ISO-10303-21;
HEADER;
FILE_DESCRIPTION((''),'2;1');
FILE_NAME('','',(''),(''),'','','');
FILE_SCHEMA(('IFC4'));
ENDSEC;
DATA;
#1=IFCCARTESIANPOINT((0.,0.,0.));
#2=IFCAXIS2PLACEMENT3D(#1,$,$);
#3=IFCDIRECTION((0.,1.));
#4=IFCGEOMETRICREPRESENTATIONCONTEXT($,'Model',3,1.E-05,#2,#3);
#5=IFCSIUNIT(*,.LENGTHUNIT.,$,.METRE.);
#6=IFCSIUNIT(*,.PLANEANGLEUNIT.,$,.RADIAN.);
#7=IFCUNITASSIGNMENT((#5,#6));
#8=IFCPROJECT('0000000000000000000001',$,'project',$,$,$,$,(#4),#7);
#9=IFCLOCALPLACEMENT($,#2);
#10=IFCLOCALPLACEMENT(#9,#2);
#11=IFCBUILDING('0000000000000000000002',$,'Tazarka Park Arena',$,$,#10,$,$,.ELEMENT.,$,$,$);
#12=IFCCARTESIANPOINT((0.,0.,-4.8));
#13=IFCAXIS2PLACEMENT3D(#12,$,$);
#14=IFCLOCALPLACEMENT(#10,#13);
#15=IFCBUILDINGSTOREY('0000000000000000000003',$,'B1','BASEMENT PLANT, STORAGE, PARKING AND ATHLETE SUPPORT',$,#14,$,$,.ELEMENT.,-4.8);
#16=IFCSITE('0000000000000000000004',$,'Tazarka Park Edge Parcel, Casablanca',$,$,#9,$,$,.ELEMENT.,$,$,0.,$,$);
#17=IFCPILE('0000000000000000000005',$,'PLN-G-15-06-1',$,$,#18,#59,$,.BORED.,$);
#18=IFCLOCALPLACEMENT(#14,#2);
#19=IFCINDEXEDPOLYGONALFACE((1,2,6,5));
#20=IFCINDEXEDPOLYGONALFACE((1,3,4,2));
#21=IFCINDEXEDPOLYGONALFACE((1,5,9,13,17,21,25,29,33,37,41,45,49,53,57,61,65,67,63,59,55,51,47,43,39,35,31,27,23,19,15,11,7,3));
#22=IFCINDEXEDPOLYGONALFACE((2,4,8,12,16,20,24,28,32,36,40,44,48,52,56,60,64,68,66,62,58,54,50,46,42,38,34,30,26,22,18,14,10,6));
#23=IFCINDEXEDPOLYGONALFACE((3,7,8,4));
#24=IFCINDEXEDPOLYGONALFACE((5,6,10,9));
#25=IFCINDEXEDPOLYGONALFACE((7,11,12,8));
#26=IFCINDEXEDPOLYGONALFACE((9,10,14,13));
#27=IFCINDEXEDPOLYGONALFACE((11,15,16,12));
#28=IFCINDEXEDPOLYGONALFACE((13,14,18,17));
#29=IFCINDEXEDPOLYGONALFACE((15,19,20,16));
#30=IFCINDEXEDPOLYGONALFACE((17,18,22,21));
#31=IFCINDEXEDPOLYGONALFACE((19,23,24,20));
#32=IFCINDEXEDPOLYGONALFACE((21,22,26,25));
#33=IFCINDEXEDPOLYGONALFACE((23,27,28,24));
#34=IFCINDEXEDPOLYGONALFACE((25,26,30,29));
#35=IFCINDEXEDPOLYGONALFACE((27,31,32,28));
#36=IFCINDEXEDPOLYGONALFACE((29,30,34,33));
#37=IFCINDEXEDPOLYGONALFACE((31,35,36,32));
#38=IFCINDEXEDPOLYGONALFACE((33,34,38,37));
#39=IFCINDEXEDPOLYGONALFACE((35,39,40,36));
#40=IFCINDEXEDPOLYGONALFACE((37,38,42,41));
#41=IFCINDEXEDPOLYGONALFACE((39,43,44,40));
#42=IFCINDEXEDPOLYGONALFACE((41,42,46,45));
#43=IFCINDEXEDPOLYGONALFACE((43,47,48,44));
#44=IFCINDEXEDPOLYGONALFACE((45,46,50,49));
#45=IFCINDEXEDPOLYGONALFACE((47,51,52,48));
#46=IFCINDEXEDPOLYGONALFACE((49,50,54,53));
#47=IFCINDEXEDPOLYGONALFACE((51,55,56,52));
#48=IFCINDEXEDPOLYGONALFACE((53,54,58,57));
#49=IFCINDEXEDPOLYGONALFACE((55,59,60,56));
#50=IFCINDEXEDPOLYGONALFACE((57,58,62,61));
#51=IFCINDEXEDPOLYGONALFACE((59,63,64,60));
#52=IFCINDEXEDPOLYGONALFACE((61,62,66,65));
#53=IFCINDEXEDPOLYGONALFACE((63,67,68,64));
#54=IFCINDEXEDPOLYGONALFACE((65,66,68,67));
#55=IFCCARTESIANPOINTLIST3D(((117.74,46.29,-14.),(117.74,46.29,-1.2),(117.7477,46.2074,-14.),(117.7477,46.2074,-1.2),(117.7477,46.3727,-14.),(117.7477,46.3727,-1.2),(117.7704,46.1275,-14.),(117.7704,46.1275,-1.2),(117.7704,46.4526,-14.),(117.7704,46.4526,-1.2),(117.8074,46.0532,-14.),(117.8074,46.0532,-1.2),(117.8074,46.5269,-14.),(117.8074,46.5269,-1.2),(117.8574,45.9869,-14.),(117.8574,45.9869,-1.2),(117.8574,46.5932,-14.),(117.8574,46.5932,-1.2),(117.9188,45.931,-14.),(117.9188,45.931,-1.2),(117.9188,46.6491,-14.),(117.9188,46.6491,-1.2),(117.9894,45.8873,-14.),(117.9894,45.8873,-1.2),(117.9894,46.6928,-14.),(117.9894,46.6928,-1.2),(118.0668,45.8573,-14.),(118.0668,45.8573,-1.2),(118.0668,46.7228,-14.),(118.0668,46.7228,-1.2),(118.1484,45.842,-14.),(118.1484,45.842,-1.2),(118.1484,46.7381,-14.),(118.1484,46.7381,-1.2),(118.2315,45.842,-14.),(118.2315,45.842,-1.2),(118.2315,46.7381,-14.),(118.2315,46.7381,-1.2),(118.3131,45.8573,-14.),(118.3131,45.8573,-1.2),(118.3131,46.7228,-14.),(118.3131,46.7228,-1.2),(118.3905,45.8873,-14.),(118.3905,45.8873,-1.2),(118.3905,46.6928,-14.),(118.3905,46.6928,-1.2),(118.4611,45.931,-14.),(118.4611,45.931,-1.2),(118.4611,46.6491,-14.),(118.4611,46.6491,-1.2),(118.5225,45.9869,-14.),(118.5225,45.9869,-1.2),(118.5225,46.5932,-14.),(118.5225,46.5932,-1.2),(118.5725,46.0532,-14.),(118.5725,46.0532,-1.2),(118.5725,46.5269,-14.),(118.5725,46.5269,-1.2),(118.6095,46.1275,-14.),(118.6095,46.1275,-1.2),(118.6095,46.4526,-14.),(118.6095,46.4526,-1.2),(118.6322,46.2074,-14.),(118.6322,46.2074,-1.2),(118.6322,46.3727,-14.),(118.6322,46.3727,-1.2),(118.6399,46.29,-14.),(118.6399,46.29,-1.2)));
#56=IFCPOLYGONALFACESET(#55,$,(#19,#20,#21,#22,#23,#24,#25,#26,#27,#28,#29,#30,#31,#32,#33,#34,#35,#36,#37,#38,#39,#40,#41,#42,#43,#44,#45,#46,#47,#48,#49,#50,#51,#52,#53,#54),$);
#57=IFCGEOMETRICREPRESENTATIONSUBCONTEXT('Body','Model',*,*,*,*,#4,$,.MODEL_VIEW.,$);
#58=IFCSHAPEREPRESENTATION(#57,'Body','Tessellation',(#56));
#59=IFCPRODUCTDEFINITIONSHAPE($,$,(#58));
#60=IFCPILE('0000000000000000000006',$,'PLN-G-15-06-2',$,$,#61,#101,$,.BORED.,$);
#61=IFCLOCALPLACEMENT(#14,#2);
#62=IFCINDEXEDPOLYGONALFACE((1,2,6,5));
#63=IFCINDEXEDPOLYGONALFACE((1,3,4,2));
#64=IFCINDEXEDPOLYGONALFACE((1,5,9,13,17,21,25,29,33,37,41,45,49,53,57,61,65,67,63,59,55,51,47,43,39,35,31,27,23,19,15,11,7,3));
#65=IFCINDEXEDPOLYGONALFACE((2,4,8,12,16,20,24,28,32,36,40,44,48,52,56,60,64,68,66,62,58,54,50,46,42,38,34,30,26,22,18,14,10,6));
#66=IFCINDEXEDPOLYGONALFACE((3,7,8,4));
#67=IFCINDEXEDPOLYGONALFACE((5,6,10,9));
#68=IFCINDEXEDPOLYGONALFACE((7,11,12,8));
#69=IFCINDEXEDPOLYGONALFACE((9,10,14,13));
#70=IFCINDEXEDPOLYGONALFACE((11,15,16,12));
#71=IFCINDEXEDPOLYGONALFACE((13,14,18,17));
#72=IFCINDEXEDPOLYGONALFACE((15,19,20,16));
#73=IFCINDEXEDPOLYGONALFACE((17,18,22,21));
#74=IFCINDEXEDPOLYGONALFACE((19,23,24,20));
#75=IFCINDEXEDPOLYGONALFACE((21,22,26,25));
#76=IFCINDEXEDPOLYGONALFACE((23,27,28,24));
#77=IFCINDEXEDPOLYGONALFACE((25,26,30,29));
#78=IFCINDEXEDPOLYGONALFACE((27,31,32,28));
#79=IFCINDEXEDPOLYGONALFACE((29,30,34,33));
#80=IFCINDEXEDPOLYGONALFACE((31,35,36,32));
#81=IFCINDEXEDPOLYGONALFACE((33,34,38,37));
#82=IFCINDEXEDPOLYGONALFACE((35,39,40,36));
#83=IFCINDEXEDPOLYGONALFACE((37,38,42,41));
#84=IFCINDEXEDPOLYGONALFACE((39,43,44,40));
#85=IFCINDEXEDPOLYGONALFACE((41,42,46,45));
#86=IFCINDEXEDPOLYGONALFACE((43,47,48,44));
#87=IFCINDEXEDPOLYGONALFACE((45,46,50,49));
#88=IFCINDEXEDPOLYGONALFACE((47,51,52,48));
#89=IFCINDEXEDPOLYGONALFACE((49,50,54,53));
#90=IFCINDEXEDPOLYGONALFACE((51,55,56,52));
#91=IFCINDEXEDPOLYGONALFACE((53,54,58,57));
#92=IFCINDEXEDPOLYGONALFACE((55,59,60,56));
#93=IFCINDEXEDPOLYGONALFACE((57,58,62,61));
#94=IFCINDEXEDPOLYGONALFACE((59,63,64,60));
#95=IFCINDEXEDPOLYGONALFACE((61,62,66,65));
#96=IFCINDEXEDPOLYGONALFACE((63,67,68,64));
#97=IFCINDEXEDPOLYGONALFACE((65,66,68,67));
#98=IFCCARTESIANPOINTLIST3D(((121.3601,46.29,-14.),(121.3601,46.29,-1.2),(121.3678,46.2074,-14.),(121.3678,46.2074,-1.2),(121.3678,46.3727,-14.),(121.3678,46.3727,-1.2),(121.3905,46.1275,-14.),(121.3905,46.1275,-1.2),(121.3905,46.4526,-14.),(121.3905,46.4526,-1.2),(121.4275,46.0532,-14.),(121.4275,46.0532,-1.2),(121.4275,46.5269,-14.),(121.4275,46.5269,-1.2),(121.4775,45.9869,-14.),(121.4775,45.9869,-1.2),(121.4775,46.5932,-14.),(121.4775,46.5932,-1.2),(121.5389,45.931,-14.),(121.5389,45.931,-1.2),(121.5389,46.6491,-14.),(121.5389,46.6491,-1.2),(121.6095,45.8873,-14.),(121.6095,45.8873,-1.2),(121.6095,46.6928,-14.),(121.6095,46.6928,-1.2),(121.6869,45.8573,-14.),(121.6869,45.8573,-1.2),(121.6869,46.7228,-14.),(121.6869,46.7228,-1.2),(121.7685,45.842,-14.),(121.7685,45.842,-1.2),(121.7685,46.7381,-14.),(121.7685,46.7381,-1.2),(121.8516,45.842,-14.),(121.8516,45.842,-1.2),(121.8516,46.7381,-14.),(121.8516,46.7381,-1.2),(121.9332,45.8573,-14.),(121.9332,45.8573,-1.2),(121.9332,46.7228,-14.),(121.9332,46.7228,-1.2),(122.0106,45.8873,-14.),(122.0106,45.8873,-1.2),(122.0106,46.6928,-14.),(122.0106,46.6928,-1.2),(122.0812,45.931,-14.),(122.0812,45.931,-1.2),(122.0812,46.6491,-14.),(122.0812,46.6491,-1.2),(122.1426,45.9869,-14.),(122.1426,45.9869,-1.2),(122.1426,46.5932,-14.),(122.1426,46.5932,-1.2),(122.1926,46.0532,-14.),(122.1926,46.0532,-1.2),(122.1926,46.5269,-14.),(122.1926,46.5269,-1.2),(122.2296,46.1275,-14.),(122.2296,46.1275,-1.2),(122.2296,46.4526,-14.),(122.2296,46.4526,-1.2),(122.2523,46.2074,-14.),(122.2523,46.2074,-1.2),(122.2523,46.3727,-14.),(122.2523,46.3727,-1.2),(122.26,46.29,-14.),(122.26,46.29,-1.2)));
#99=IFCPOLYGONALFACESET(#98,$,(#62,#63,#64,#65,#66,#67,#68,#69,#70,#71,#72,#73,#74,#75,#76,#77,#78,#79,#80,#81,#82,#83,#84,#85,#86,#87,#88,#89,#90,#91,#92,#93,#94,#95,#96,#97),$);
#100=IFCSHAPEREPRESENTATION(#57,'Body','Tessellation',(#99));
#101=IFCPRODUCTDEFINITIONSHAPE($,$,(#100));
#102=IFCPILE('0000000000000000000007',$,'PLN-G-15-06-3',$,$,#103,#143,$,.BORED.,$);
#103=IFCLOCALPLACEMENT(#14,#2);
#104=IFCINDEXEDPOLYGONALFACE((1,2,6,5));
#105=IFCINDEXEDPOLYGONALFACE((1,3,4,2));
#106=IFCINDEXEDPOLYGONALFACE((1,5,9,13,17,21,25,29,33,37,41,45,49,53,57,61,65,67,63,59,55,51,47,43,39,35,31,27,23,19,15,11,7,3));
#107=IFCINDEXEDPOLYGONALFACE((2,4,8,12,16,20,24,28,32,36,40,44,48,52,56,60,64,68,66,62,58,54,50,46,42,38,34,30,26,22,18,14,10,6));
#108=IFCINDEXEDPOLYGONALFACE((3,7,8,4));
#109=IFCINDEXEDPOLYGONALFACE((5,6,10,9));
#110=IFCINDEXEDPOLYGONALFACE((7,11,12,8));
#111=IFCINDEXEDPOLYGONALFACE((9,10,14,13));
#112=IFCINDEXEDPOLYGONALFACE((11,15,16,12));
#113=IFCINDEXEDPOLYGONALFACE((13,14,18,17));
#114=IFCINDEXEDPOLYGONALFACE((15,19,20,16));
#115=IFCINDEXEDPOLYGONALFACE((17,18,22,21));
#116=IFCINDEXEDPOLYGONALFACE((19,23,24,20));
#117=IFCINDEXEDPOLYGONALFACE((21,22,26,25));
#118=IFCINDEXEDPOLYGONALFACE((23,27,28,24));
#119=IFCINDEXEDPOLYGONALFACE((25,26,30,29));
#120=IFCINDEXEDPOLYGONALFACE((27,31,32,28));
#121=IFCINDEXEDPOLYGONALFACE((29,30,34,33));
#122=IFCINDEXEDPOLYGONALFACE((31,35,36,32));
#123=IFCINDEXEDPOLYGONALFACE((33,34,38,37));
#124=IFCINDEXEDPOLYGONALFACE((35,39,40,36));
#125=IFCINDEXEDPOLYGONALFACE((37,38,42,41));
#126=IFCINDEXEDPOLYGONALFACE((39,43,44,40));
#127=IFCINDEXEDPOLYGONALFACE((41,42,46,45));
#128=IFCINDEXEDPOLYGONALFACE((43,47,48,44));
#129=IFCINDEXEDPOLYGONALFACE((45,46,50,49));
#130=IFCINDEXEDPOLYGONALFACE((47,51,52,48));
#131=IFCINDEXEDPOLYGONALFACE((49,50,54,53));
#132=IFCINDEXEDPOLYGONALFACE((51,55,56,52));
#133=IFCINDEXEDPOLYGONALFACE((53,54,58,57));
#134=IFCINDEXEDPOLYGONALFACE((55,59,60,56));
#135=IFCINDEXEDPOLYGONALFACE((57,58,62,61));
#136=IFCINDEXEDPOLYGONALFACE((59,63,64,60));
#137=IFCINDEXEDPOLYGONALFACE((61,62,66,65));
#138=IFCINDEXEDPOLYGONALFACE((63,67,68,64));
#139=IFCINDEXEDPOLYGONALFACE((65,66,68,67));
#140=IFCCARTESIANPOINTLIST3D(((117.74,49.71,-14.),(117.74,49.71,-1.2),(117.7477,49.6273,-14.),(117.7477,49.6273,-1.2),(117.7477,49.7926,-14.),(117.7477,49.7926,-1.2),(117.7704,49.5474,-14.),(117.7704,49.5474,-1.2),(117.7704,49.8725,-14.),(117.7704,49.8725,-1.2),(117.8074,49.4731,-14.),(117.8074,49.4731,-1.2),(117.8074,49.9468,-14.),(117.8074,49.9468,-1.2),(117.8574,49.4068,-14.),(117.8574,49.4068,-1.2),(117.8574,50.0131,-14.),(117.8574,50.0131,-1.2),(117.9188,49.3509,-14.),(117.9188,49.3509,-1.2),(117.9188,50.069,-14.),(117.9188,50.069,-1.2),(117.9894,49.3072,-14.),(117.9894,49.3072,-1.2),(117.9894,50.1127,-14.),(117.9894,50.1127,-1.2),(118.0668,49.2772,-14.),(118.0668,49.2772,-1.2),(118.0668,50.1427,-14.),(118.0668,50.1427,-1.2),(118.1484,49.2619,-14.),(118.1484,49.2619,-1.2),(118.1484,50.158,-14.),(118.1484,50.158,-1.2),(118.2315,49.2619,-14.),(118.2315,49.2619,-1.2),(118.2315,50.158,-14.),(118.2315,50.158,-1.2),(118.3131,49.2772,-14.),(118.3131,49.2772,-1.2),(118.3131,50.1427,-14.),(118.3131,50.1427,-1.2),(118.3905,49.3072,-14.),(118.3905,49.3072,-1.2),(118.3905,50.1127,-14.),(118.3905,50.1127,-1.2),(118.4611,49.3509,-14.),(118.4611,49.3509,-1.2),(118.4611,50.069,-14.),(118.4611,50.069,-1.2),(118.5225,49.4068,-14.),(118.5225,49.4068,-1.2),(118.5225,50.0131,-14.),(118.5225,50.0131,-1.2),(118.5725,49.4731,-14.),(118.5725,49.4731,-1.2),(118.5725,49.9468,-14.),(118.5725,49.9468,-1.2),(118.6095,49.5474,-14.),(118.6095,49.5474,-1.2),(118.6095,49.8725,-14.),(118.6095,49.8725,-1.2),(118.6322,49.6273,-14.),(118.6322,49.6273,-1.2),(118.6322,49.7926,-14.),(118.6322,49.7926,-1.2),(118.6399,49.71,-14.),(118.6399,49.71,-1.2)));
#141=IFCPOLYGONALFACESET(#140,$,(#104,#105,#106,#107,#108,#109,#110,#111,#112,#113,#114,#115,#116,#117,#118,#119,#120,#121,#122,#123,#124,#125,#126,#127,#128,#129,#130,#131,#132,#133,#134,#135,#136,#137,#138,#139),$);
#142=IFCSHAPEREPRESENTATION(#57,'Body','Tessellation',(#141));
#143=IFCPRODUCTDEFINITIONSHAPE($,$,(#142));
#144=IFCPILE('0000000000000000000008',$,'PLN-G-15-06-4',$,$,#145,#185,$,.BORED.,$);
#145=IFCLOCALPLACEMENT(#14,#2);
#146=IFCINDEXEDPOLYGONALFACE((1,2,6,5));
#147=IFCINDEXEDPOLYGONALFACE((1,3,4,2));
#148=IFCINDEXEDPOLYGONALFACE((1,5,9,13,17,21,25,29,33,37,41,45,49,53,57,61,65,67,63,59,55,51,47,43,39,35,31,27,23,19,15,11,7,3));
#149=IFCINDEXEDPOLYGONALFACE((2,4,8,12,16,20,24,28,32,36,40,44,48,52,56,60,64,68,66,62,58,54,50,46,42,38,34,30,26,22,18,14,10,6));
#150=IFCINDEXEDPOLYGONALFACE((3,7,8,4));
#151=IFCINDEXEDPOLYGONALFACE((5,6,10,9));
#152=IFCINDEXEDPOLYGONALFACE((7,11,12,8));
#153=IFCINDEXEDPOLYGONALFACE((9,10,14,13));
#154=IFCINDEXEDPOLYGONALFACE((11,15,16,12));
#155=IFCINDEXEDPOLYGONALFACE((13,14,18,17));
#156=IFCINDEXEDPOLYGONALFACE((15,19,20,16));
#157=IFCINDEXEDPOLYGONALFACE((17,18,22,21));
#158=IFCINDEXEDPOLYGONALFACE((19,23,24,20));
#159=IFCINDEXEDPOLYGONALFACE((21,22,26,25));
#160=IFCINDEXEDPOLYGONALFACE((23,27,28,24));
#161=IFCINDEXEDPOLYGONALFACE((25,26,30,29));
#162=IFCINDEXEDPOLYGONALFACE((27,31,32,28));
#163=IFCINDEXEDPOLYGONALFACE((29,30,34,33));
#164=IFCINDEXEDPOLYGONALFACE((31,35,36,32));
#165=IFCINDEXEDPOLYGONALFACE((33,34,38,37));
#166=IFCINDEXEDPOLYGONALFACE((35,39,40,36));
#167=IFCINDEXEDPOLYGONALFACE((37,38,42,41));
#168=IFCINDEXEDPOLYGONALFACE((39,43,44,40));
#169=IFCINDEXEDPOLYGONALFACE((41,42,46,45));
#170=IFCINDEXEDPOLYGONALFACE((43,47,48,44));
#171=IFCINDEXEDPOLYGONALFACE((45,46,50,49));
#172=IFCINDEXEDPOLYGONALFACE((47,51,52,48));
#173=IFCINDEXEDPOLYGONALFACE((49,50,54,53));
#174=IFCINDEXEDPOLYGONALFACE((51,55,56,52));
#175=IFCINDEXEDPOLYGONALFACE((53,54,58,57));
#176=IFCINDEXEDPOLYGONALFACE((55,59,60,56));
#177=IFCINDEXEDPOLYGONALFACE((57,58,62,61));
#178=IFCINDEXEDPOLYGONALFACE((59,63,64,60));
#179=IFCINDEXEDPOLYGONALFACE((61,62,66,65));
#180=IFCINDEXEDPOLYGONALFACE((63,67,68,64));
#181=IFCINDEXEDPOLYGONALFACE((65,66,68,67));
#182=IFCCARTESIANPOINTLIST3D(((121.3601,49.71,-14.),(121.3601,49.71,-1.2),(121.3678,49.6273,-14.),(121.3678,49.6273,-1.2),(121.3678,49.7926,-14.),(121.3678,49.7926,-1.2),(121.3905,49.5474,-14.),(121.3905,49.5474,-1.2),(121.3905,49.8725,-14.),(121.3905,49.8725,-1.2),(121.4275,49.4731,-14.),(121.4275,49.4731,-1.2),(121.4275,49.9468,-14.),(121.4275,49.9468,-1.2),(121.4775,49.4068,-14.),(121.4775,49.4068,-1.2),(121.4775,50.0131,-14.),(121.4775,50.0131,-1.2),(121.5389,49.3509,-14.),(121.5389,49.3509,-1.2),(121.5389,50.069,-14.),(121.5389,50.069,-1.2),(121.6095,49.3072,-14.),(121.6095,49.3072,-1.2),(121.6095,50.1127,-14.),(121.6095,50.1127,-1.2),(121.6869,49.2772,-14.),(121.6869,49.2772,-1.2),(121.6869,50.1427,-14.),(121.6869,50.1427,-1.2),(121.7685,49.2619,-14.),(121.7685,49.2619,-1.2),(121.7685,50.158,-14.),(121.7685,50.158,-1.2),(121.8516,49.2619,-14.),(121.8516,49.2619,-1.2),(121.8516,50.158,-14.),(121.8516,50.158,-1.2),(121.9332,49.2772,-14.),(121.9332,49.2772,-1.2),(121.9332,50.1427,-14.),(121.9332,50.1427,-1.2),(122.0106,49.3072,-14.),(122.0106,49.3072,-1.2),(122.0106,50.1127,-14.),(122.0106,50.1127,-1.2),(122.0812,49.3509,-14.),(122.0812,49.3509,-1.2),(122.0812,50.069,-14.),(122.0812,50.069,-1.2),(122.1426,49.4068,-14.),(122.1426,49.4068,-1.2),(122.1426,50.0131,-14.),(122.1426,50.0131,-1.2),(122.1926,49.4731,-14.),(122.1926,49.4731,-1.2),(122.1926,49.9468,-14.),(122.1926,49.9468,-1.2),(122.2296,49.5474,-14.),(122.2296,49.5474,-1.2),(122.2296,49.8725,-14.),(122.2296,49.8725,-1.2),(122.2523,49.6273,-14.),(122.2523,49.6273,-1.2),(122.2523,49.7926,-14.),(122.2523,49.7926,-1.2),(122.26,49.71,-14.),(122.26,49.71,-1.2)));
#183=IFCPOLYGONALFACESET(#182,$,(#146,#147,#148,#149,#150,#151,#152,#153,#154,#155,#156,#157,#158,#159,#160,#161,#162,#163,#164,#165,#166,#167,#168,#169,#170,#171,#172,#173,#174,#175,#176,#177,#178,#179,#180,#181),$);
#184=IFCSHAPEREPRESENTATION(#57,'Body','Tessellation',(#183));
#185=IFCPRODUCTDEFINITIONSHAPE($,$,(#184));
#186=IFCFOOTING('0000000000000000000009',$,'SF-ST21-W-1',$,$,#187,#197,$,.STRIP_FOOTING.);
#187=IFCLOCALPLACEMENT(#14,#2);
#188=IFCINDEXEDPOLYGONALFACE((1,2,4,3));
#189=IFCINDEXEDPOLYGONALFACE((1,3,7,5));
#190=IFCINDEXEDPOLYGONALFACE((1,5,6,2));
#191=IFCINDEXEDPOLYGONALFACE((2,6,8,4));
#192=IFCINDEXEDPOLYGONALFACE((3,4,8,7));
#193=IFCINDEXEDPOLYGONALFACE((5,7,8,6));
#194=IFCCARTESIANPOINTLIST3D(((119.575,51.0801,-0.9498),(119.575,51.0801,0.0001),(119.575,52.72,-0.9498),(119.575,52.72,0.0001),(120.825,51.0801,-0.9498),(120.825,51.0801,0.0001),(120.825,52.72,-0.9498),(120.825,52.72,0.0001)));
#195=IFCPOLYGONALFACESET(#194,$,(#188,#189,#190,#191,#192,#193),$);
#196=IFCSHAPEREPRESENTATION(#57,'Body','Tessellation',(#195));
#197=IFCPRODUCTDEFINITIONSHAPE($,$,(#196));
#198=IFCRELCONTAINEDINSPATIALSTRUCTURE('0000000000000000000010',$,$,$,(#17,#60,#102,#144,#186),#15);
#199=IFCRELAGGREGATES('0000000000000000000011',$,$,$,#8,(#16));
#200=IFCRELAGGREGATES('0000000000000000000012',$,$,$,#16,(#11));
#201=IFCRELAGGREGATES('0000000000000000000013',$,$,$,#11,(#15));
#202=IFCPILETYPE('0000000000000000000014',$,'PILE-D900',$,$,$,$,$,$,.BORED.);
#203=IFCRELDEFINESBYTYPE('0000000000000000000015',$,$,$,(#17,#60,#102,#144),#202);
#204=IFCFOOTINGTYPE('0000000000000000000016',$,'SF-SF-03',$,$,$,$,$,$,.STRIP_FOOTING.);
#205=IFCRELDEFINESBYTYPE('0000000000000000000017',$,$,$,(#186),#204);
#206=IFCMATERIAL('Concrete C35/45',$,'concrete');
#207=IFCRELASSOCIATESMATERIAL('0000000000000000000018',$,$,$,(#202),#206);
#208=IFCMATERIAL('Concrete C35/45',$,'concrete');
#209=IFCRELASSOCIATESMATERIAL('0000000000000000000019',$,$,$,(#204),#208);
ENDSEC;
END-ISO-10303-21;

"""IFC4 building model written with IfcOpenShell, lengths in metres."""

from ifc_helpers import new_model, si_unit, direction, frame, origin, origin_2d, place, context, subcontext, project, spatial, rectangle, circle, extrude, material, material_profile, profile_set, type_object, element, save


model = new_model("IFC4")

# Units and contexts
model_context = context("Model", 3, precision=1e-05, world=origin(), true_north=direction((0.0, 1.0)))
body_context = subcontext(model_context, "Body", "Model", "MODEL_VIEW")
ifc_project = project(units=[si_unit("LENGTHUNIT", "METRE"), si_unit("PLANEANGLEUNIT", "RADIAN")], contexts=[model_context])

# Site, building, storey
site_placement = place(None, origin())
site = spatial("IfcSite", under=ifc_project, at=site_placement, Name="Tazarka Park Edge Parcel, Casablanca", CompositionType="ELEMENT", RefElevation=0.0)
building_placement = place(site_placement, origin())
building = spatial("IfcBuilding", under=site, at=building_placement, Name="Tazarka Park Arena", CompositionType="ELEMENT")
storey_placement = place(building_placement, frame((0.0, 0.0, -4.8)))
storey = spatial("IfcBuildingStorey", under=building, at=storey_placement, Name="B1", Description="BASEMENT PLANT, STORAGE, PARKING AND ATHLETE SUPPORT", CompositionType="ELEMENT", Elevation=-4.8)

# Piles
ifc_material_1 = material(Name="Concrete C35/45", Category="concrete")
ifc_material_profile_1 = material_profile(ifc_material_1, circle(Radius=0.45, at=origin_2d()), Name="Concrete C35/45")
ifc_profile_set_1 = profile_set([ifc_material_profile_1], Name="Concrete C35/45")
pile_type_1 = type_object("IfcPileType", Name="PILE-D900", PredefinedType="BORED", material=ifc_profile_set_1)
for number, where, z_axis, x_axis, name in (
    (1, (118.1899, 46.29, -1.2), (0.0, 0.0, -1.0), (1.0, 0.0, 0.0), "PLN-G-15-06-1"),
    (2, (121.8101, 46.29, -1.2), (0.0, 0.0, -1.0), (1.0, 0.0, 0.0), "PLN-G-15-06-2"),
    (3, (118.1899, 49.71, -1.2), (0.0, 0.0, -1.0), (1.0, 0.0, 0.0), "PLN-G-15-06-3"),
    (4, (121.8101, 49.71, -1.2), (0.0, 0.0, -1.0), (1.0, 0.0, 0.0), "PLN-G-15-06-4"),
):
    element("IfcPile", number, at=place(storey_placement, frame(where, z_axis=z_axis, x_axis=x_axis)), inside=storey, type_object=pile_type_1, Name=name, PredefinedType="BORED", context=body_context, shape_type="SweptSolid", body=[
        extrude(circle(Radius=0.45, at=origin_2d()), origin(), (0.0, 0.0, 1.0), 12.8),
    ])

# Footing
ifc_material_2 = material(Name="Concrete C35/45", Category="concrete")
ifc_material_profile_2 = material_profile(ifc_material_2, rectangle(XDim=1.25, YDim=0.95, at=origin_2d()), Name="Concrete C35/45")
ifc_profile_set_2 = profile_set([ifc_material_profile_2], Name="Concrete C35/45")
footing_type_1 = type_object("IfcFootingType", Name="SF-SF-03", PredefinedType="STRIP_FOOTING", material=ifc_profile_set_2)
footing_1_placement = place(storey_placement, frame((120.2, 51.0801, -0.4749), z_axis=(0.0, 1.0, 0.0), x_axis=(-1.0, 0.0, 0.0)))
element("IfcFooting", 5, at=footing_1_placement, inside=storey, type_object=footing_type_1, Name="SF-ST21-W-1", PredefinedType="STRIP_FOOTING", context=body_context, shape_type="SweptSolid", body=[
    extrude(rectangle(XDim=1.25, YDim=0.95, at=origin_2d()), origin(), (0.0, 0.0, 1.0), 1.6399),
])

save(model, "model.ifc")
